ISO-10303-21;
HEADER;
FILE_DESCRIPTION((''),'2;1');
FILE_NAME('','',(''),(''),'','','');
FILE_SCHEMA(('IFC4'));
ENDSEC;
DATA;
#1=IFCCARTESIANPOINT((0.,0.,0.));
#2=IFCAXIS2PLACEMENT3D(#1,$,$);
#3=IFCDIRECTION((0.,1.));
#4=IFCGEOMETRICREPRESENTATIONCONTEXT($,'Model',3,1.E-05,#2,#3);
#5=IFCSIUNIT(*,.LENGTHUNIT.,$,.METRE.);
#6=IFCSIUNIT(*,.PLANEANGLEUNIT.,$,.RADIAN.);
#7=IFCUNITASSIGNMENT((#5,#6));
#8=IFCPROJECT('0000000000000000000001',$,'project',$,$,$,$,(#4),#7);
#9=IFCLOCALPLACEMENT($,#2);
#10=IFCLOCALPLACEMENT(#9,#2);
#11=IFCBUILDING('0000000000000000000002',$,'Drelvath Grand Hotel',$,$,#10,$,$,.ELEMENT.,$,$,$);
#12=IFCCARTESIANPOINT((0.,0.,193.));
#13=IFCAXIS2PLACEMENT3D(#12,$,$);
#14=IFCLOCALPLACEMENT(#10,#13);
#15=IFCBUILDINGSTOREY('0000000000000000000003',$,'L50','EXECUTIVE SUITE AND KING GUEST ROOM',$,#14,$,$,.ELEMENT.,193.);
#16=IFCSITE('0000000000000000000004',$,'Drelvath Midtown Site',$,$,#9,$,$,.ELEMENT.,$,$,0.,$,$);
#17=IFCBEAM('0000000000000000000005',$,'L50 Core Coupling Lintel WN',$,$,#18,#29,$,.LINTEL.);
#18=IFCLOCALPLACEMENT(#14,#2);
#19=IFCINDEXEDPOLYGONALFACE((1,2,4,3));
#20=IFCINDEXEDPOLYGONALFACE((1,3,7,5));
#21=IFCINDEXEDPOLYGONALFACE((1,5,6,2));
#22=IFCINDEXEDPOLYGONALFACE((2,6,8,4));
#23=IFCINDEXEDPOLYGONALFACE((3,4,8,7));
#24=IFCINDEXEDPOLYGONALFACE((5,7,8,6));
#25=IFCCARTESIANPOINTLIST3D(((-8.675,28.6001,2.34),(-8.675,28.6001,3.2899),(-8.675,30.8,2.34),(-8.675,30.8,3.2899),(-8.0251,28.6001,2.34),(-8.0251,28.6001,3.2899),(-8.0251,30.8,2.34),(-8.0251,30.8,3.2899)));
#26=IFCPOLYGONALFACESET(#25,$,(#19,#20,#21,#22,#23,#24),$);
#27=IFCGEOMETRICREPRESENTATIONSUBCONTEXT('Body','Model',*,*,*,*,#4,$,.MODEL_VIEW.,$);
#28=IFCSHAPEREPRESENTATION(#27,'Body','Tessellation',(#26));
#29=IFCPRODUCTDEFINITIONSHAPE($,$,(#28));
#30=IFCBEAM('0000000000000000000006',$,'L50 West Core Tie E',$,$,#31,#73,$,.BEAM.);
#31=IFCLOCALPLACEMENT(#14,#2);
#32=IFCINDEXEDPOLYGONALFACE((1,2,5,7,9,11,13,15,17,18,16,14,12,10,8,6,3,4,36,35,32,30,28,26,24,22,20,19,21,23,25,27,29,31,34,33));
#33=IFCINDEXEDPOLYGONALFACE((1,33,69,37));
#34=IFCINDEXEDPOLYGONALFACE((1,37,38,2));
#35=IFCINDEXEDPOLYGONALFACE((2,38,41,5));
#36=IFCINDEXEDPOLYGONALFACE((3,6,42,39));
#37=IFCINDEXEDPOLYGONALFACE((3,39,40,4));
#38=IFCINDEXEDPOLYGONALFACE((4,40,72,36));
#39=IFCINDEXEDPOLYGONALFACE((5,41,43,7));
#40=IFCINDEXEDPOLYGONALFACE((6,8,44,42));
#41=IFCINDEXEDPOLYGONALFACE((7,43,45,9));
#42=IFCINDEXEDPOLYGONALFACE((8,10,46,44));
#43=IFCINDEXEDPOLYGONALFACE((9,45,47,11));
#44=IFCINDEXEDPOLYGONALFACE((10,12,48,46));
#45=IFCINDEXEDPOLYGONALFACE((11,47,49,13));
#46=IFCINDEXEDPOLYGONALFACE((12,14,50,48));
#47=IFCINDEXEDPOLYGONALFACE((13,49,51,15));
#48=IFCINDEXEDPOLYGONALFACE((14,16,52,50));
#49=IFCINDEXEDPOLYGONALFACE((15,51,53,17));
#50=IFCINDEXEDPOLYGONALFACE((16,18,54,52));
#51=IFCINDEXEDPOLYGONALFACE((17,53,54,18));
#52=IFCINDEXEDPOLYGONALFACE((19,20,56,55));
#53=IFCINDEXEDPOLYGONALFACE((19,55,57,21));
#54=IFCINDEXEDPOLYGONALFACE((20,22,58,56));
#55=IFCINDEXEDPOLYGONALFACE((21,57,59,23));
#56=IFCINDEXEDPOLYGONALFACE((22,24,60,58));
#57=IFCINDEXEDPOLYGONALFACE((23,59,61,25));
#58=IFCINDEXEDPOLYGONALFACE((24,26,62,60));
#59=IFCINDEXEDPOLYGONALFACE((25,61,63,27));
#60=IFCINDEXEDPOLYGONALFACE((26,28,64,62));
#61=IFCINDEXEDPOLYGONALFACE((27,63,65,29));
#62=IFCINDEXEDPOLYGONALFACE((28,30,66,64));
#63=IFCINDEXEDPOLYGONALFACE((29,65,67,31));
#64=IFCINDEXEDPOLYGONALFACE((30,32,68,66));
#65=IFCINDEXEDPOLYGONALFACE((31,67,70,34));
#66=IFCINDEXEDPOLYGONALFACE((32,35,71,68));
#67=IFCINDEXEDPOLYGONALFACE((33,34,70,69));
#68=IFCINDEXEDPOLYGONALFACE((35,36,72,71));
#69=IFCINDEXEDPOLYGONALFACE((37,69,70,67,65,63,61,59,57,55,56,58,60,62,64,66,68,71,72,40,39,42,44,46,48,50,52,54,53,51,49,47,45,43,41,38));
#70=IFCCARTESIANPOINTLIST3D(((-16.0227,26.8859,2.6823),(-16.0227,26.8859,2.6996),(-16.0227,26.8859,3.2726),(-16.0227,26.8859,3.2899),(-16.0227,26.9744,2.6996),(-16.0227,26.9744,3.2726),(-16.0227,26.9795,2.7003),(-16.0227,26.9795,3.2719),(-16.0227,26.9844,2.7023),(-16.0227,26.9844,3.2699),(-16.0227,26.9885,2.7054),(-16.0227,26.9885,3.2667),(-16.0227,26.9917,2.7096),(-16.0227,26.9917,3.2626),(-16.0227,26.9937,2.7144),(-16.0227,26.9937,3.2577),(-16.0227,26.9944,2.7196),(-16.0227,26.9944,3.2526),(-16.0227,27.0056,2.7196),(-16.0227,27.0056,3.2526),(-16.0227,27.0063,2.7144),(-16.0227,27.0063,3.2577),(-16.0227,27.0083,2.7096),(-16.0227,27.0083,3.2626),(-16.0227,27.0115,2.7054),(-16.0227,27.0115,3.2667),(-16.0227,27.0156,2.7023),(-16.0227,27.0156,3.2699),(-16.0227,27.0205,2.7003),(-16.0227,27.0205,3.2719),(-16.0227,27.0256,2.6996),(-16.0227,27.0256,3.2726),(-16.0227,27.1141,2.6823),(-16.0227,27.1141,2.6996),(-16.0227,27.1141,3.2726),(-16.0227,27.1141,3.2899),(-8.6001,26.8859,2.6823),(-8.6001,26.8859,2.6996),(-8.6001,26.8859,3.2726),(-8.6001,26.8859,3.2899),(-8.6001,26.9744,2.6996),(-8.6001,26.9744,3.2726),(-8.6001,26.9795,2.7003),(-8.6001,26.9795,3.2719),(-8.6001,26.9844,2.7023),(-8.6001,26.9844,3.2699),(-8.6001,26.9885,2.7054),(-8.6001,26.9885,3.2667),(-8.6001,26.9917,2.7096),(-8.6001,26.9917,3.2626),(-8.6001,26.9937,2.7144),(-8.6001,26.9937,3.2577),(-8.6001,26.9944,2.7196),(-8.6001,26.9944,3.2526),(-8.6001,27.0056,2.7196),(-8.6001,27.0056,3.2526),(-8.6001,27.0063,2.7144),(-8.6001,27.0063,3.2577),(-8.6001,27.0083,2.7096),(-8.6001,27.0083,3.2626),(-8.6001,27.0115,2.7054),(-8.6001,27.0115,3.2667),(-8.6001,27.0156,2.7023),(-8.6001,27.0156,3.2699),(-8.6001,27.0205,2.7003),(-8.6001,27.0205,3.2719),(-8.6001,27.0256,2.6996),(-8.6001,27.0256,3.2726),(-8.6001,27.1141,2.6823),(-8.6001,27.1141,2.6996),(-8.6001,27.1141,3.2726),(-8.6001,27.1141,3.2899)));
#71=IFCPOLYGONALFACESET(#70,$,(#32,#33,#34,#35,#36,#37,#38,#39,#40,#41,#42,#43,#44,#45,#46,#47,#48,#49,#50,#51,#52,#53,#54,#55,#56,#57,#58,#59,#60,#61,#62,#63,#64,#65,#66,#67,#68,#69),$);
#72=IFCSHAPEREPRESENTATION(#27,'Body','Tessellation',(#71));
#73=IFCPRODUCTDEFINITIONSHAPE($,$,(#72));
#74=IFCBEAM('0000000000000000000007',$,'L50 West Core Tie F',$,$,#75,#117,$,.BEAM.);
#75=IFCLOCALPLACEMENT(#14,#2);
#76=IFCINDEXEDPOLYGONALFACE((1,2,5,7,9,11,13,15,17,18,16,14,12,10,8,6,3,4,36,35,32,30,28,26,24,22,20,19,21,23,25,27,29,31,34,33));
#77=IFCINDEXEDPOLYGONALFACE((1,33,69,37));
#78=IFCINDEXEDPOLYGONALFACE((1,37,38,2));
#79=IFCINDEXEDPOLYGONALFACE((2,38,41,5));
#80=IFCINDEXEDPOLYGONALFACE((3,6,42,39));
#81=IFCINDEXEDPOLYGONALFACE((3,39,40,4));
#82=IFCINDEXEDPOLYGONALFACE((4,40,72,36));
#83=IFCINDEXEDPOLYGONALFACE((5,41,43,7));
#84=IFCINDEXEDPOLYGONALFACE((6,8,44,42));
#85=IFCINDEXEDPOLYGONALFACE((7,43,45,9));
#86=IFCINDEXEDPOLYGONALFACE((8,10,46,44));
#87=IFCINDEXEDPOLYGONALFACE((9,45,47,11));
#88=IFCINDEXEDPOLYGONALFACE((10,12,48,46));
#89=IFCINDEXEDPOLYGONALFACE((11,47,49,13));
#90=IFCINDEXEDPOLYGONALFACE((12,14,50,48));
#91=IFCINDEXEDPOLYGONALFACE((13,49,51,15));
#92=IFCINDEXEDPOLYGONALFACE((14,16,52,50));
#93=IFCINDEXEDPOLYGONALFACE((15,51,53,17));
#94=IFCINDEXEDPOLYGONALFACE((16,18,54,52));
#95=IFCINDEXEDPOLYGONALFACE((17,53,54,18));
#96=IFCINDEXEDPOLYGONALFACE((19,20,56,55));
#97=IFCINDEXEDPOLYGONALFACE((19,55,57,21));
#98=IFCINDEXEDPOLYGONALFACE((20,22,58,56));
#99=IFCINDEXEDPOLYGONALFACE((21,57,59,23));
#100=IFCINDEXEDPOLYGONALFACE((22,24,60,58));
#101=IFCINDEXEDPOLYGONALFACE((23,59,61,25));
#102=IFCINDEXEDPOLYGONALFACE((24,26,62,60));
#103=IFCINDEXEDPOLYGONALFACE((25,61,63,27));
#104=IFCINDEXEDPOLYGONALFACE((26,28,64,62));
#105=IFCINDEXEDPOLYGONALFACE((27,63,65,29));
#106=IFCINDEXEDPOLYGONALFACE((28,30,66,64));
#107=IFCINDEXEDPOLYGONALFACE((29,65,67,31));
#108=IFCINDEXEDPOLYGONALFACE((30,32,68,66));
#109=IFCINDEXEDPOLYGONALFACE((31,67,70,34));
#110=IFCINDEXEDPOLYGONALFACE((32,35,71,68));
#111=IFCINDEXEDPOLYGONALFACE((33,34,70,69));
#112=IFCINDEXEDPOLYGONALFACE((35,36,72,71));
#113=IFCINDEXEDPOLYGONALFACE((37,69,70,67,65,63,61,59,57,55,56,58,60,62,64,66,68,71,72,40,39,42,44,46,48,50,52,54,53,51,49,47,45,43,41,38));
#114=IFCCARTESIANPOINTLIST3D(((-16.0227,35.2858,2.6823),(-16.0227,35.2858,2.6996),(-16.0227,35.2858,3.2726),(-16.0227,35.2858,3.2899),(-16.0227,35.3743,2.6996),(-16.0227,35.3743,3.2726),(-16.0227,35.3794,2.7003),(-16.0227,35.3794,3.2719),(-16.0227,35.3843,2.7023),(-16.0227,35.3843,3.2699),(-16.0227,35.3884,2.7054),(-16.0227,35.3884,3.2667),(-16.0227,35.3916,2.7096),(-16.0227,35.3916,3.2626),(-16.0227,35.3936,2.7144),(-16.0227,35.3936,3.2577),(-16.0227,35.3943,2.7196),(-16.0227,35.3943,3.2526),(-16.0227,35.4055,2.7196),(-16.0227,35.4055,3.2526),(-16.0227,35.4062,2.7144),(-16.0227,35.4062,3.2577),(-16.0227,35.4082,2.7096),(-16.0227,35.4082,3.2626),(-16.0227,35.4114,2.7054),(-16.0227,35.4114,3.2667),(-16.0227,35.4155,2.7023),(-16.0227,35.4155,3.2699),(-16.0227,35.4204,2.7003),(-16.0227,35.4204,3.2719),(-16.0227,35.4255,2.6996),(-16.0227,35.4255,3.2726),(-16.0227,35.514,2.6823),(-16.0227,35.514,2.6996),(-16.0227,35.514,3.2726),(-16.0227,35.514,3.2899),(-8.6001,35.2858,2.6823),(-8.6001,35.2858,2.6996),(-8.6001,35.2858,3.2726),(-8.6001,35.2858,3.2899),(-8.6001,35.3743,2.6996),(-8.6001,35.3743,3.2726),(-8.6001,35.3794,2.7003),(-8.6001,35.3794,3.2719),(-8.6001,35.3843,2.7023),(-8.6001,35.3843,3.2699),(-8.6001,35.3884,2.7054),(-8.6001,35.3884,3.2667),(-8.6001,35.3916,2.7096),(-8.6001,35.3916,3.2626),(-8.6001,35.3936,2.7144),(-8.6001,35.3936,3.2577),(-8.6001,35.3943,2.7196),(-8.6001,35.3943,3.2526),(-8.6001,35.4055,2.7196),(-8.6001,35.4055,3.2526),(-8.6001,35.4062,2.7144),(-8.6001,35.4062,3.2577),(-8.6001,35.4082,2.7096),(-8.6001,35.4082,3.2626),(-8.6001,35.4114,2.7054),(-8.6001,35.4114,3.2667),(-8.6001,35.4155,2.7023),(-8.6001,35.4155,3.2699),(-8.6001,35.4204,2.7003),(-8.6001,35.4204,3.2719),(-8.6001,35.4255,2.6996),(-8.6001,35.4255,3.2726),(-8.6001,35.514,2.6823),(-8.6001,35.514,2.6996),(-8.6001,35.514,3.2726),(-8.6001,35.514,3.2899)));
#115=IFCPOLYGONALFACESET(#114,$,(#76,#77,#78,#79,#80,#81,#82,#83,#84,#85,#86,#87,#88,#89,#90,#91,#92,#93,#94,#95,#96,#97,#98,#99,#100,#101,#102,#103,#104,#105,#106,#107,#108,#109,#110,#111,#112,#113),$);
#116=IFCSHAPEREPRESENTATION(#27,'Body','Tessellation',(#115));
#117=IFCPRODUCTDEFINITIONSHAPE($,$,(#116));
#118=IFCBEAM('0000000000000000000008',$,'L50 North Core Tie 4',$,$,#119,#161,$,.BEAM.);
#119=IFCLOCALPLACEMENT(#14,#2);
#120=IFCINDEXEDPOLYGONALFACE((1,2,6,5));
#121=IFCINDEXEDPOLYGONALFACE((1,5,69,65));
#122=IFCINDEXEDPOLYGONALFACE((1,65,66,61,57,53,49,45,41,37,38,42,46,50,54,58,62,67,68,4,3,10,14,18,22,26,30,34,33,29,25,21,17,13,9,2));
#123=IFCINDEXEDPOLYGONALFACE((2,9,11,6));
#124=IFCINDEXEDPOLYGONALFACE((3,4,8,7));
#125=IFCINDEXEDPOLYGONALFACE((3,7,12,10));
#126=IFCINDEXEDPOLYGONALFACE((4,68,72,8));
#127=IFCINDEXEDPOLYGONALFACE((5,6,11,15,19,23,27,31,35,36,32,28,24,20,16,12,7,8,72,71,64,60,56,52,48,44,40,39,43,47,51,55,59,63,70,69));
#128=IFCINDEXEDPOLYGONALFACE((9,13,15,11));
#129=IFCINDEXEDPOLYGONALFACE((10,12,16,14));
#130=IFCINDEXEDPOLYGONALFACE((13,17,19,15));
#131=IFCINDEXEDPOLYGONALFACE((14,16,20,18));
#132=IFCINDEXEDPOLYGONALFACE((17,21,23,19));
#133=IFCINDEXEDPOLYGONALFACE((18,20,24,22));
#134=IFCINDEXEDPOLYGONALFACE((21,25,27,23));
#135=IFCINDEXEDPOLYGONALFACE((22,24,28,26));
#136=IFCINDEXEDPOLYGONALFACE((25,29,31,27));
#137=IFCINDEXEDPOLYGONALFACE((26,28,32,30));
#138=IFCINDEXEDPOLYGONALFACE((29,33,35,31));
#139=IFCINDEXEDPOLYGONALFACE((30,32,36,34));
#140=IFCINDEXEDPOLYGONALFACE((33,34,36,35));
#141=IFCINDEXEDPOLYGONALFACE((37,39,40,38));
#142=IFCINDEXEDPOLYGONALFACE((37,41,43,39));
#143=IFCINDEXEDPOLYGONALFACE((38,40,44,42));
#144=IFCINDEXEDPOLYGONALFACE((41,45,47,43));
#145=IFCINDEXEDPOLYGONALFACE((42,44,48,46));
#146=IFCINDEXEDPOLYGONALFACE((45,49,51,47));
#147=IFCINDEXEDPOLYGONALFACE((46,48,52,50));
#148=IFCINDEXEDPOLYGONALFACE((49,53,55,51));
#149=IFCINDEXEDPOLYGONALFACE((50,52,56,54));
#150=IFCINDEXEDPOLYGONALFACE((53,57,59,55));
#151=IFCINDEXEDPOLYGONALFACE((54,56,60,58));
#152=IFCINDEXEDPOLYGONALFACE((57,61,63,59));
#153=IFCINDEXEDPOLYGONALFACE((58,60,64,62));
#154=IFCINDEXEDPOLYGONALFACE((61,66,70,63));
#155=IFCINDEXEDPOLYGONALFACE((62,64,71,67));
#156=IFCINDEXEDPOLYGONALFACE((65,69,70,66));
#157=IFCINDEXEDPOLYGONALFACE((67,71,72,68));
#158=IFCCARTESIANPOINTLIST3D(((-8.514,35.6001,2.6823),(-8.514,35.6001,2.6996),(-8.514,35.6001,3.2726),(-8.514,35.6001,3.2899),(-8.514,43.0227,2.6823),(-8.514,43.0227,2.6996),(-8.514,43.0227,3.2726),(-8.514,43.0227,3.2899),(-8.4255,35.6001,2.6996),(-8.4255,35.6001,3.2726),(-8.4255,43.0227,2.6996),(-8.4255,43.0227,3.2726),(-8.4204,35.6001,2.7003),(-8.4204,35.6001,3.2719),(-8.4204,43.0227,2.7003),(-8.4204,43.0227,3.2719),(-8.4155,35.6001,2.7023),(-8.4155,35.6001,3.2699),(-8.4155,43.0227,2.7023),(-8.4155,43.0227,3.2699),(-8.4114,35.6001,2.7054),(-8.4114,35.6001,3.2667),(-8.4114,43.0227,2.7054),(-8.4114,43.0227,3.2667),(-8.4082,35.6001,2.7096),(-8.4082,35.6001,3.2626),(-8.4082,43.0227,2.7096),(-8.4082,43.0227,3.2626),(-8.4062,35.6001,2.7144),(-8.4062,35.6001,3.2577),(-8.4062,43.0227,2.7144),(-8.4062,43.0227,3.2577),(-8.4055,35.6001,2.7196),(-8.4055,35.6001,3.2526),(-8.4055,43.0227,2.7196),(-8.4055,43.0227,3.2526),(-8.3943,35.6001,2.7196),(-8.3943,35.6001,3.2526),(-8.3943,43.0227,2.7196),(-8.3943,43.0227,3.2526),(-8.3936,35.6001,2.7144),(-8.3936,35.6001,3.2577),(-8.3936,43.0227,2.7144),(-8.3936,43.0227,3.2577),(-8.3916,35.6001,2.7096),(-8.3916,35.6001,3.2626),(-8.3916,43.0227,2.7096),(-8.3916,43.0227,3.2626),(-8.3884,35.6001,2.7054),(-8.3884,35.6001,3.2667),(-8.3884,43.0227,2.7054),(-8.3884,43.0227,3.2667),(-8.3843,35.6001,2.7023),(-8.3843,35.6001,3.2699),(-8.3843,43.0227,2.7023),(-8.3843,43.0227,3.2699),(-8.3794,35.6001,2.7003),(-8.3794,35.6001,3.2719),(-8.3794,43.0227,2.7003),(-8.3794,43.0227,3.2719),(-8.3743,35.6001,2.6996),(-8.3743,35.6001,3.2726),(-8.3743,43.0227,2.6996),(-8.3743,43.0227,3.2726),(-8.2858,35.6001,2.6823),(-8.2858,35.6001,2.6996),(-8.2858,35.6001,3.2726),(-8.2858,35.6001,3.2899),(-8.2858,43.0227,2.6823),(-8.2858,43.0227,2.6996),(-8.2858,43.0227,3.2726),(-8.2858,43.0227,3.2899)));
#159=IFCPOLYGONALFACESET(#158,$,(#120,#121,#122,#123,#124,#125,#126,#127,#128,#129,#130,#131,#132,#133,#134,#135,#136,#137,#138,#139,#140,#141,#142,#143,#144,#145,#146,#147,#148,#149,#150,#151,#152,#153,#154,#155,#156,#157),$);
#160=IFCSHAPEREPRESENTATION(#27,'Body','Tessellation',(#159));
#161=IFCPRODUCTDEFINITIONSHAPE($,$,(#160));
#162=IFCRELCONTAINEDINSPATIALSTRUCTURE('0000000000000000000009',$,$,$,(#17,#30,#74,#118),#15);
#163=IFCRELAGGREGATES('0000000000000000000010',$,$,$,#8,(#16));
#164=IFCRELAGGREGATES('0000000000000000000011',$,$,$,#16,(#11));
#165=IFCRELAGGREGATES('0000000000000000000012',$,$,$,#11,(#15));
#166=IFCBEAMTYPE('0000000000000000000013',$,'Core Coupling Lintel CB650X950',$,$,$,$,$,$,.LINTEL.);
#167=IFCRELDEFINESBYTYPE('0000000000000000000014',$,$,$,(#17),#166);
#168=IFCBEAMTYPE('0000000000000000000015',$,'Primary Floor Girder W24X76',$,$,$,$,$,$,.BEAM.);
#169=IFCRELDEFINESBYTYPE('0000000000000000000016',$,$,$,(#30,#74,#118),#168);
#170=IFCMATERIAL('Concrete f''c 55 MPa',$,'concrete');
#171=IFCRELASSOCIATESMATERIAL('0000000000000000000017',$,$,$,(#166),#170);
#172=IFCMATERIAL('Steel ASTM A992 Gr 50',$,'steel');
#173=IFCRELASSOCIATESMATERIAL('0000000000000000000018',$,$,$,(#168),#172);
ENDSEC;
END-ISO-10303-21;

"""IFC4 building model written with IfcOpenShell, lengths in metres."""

from ifc_helpers import new_model, si_unit, direction, frame, origin, origin_2d, place, context, subcontext, project, spatial, rectangle, i_section, extrude, material, material_profile, profile_set, type_object, element, save


model = new_model("IFC4")

# Units and contexts
model_context = context("Model", 3, precision=1e-05, world=origin(), true_north=direction((0.0, 1.0)))
body_context = subcontext(model_context, "Body", "Model", "MODEL_VIEW")
ifc_project = project(units=[si_unit("LENGTHUNIT", "METRE"), si_unit("PLANEANGLEUNIT", "RADIAN")], contexts=[model_context])

# Site, building, storey
site_placement = place(None, origin())
site = spatial("IfcSite", under=ifc_project, at=site_placement, Name="Drelvath Midtown Site", CompositionType="ELEMENT", RefElevation=0.0)
building_placement = place(site_placement, origin())
building = spatial("IfcBuilding", under=site, at=building_placement, Name="Drelvath Grand Hotel", CompositionType="ELEMENT")
storey_placement = place(building_placement, frame((0.0, 0.0, 193.0)))
storey = spatial("IfcBuildingStorey", under=building, at=storey_placement, Name="L50", Description="EXECUTIVE SUITE AND KING GUEST ROOM", CompositionType="ELEMENT", Elevation=193.0)

# Beams
ifc_material_1 = material(Name="Concrete f'c 55 MPa", Category="concrete")
ifc_material_profile_1 = material_profile(ifc_material_1, rectangle(XDim=0.6499, YDim=0.95, at=origin_2d()), Name="CB650X950")
ifc_profile_set_1 = profile_set([ifc_material_profile_1], Name="Concrete f'c 55 MPa")
beam_type_1 = type_object("IfcBeamType", Name="Core Coupling Lintel CB650X950", PredefinedType="LINTEL", material=ifc_profile_set_1)
beam_placement = place(storey_placement, frame((-8.3501, 28.6001, 2.8149), z_axis=(0.0, 1.0, 0.0), x_axis=(-1.0, 0.0, 0.0)))
element("IfcBeam", 1, at=beam_placement, inside=storey, type_object=beam_type_1, Name="L50 Core Coupling Lintel WN", PredefinedType="LINTEL", context=body_context, shape_type="SweptSolid", body=[
    extrude(rectangle(XDim=0.6499, YDim=0.95, at=origin_2d()), origin(), (0.0, 0.0, 1.0), 2.2),
])
ifc_material_2 = material(Name="Steel ASTM A992 Gr 50", Category="steel")
ifc_material_profile_2 = material_profile(ifc_material_2, i_section(OverallWidth=0.2283, OverallDepth=0.6077, WebThickness=0.0112, FlangeThickness=0.0173, FilletRadius=0.02, at=origin_2d()), Name="W24X76")
ifc_profile_set_2 = profile_set([ifc_material_profile_2], Name="Steel ASTM A992 Gr 50")
beam_type_2 = type_object("IfcBeamType", Name="Primary Floor Girder W24X76", PredefinedType="BEAM", material=ifc_profile_set_2)
for number, where, z_axis, x_axis, name in (
    (2, (-16.0227, 27.0, 2.9861), (1.0, 0.0, 0.0), (0.0, 1.0, 0.0), "L50 West Core Tie E"),
    (3, (-16.0227, 35.3999, 2.9861), (1.0, 0.0, 0.0), (0.0, 1.0, 0.0), "L50 West Core Tie F"),
    (4, (-8.3999, 35.6001, 2.9861), (0.0, 1.0, 0.0), (-1.0, 0.0, 0.0), "L50 North Core Tie 4"),
):
    element("IfcBeam", number, at=place(storey_placement, frame(where, z_axis=z_axis, x_axis=x_axis)), inside=storey, type_object=beam_type_2, Name=name, PredefinedType="BEAM", context=body_context, shape_type="SweptSolid", body=[
        extrude(i_section(OverallWidth=0.2283, OverallDepth=0.6077, WebThickness=0.0112, FlangeThickness=0.0173, FilletRadius=0.02, at=origin_2d()), origin(), (0.0, 0.0, 1.0), 7.4226),
    ])

save(model, "model.ifc")
